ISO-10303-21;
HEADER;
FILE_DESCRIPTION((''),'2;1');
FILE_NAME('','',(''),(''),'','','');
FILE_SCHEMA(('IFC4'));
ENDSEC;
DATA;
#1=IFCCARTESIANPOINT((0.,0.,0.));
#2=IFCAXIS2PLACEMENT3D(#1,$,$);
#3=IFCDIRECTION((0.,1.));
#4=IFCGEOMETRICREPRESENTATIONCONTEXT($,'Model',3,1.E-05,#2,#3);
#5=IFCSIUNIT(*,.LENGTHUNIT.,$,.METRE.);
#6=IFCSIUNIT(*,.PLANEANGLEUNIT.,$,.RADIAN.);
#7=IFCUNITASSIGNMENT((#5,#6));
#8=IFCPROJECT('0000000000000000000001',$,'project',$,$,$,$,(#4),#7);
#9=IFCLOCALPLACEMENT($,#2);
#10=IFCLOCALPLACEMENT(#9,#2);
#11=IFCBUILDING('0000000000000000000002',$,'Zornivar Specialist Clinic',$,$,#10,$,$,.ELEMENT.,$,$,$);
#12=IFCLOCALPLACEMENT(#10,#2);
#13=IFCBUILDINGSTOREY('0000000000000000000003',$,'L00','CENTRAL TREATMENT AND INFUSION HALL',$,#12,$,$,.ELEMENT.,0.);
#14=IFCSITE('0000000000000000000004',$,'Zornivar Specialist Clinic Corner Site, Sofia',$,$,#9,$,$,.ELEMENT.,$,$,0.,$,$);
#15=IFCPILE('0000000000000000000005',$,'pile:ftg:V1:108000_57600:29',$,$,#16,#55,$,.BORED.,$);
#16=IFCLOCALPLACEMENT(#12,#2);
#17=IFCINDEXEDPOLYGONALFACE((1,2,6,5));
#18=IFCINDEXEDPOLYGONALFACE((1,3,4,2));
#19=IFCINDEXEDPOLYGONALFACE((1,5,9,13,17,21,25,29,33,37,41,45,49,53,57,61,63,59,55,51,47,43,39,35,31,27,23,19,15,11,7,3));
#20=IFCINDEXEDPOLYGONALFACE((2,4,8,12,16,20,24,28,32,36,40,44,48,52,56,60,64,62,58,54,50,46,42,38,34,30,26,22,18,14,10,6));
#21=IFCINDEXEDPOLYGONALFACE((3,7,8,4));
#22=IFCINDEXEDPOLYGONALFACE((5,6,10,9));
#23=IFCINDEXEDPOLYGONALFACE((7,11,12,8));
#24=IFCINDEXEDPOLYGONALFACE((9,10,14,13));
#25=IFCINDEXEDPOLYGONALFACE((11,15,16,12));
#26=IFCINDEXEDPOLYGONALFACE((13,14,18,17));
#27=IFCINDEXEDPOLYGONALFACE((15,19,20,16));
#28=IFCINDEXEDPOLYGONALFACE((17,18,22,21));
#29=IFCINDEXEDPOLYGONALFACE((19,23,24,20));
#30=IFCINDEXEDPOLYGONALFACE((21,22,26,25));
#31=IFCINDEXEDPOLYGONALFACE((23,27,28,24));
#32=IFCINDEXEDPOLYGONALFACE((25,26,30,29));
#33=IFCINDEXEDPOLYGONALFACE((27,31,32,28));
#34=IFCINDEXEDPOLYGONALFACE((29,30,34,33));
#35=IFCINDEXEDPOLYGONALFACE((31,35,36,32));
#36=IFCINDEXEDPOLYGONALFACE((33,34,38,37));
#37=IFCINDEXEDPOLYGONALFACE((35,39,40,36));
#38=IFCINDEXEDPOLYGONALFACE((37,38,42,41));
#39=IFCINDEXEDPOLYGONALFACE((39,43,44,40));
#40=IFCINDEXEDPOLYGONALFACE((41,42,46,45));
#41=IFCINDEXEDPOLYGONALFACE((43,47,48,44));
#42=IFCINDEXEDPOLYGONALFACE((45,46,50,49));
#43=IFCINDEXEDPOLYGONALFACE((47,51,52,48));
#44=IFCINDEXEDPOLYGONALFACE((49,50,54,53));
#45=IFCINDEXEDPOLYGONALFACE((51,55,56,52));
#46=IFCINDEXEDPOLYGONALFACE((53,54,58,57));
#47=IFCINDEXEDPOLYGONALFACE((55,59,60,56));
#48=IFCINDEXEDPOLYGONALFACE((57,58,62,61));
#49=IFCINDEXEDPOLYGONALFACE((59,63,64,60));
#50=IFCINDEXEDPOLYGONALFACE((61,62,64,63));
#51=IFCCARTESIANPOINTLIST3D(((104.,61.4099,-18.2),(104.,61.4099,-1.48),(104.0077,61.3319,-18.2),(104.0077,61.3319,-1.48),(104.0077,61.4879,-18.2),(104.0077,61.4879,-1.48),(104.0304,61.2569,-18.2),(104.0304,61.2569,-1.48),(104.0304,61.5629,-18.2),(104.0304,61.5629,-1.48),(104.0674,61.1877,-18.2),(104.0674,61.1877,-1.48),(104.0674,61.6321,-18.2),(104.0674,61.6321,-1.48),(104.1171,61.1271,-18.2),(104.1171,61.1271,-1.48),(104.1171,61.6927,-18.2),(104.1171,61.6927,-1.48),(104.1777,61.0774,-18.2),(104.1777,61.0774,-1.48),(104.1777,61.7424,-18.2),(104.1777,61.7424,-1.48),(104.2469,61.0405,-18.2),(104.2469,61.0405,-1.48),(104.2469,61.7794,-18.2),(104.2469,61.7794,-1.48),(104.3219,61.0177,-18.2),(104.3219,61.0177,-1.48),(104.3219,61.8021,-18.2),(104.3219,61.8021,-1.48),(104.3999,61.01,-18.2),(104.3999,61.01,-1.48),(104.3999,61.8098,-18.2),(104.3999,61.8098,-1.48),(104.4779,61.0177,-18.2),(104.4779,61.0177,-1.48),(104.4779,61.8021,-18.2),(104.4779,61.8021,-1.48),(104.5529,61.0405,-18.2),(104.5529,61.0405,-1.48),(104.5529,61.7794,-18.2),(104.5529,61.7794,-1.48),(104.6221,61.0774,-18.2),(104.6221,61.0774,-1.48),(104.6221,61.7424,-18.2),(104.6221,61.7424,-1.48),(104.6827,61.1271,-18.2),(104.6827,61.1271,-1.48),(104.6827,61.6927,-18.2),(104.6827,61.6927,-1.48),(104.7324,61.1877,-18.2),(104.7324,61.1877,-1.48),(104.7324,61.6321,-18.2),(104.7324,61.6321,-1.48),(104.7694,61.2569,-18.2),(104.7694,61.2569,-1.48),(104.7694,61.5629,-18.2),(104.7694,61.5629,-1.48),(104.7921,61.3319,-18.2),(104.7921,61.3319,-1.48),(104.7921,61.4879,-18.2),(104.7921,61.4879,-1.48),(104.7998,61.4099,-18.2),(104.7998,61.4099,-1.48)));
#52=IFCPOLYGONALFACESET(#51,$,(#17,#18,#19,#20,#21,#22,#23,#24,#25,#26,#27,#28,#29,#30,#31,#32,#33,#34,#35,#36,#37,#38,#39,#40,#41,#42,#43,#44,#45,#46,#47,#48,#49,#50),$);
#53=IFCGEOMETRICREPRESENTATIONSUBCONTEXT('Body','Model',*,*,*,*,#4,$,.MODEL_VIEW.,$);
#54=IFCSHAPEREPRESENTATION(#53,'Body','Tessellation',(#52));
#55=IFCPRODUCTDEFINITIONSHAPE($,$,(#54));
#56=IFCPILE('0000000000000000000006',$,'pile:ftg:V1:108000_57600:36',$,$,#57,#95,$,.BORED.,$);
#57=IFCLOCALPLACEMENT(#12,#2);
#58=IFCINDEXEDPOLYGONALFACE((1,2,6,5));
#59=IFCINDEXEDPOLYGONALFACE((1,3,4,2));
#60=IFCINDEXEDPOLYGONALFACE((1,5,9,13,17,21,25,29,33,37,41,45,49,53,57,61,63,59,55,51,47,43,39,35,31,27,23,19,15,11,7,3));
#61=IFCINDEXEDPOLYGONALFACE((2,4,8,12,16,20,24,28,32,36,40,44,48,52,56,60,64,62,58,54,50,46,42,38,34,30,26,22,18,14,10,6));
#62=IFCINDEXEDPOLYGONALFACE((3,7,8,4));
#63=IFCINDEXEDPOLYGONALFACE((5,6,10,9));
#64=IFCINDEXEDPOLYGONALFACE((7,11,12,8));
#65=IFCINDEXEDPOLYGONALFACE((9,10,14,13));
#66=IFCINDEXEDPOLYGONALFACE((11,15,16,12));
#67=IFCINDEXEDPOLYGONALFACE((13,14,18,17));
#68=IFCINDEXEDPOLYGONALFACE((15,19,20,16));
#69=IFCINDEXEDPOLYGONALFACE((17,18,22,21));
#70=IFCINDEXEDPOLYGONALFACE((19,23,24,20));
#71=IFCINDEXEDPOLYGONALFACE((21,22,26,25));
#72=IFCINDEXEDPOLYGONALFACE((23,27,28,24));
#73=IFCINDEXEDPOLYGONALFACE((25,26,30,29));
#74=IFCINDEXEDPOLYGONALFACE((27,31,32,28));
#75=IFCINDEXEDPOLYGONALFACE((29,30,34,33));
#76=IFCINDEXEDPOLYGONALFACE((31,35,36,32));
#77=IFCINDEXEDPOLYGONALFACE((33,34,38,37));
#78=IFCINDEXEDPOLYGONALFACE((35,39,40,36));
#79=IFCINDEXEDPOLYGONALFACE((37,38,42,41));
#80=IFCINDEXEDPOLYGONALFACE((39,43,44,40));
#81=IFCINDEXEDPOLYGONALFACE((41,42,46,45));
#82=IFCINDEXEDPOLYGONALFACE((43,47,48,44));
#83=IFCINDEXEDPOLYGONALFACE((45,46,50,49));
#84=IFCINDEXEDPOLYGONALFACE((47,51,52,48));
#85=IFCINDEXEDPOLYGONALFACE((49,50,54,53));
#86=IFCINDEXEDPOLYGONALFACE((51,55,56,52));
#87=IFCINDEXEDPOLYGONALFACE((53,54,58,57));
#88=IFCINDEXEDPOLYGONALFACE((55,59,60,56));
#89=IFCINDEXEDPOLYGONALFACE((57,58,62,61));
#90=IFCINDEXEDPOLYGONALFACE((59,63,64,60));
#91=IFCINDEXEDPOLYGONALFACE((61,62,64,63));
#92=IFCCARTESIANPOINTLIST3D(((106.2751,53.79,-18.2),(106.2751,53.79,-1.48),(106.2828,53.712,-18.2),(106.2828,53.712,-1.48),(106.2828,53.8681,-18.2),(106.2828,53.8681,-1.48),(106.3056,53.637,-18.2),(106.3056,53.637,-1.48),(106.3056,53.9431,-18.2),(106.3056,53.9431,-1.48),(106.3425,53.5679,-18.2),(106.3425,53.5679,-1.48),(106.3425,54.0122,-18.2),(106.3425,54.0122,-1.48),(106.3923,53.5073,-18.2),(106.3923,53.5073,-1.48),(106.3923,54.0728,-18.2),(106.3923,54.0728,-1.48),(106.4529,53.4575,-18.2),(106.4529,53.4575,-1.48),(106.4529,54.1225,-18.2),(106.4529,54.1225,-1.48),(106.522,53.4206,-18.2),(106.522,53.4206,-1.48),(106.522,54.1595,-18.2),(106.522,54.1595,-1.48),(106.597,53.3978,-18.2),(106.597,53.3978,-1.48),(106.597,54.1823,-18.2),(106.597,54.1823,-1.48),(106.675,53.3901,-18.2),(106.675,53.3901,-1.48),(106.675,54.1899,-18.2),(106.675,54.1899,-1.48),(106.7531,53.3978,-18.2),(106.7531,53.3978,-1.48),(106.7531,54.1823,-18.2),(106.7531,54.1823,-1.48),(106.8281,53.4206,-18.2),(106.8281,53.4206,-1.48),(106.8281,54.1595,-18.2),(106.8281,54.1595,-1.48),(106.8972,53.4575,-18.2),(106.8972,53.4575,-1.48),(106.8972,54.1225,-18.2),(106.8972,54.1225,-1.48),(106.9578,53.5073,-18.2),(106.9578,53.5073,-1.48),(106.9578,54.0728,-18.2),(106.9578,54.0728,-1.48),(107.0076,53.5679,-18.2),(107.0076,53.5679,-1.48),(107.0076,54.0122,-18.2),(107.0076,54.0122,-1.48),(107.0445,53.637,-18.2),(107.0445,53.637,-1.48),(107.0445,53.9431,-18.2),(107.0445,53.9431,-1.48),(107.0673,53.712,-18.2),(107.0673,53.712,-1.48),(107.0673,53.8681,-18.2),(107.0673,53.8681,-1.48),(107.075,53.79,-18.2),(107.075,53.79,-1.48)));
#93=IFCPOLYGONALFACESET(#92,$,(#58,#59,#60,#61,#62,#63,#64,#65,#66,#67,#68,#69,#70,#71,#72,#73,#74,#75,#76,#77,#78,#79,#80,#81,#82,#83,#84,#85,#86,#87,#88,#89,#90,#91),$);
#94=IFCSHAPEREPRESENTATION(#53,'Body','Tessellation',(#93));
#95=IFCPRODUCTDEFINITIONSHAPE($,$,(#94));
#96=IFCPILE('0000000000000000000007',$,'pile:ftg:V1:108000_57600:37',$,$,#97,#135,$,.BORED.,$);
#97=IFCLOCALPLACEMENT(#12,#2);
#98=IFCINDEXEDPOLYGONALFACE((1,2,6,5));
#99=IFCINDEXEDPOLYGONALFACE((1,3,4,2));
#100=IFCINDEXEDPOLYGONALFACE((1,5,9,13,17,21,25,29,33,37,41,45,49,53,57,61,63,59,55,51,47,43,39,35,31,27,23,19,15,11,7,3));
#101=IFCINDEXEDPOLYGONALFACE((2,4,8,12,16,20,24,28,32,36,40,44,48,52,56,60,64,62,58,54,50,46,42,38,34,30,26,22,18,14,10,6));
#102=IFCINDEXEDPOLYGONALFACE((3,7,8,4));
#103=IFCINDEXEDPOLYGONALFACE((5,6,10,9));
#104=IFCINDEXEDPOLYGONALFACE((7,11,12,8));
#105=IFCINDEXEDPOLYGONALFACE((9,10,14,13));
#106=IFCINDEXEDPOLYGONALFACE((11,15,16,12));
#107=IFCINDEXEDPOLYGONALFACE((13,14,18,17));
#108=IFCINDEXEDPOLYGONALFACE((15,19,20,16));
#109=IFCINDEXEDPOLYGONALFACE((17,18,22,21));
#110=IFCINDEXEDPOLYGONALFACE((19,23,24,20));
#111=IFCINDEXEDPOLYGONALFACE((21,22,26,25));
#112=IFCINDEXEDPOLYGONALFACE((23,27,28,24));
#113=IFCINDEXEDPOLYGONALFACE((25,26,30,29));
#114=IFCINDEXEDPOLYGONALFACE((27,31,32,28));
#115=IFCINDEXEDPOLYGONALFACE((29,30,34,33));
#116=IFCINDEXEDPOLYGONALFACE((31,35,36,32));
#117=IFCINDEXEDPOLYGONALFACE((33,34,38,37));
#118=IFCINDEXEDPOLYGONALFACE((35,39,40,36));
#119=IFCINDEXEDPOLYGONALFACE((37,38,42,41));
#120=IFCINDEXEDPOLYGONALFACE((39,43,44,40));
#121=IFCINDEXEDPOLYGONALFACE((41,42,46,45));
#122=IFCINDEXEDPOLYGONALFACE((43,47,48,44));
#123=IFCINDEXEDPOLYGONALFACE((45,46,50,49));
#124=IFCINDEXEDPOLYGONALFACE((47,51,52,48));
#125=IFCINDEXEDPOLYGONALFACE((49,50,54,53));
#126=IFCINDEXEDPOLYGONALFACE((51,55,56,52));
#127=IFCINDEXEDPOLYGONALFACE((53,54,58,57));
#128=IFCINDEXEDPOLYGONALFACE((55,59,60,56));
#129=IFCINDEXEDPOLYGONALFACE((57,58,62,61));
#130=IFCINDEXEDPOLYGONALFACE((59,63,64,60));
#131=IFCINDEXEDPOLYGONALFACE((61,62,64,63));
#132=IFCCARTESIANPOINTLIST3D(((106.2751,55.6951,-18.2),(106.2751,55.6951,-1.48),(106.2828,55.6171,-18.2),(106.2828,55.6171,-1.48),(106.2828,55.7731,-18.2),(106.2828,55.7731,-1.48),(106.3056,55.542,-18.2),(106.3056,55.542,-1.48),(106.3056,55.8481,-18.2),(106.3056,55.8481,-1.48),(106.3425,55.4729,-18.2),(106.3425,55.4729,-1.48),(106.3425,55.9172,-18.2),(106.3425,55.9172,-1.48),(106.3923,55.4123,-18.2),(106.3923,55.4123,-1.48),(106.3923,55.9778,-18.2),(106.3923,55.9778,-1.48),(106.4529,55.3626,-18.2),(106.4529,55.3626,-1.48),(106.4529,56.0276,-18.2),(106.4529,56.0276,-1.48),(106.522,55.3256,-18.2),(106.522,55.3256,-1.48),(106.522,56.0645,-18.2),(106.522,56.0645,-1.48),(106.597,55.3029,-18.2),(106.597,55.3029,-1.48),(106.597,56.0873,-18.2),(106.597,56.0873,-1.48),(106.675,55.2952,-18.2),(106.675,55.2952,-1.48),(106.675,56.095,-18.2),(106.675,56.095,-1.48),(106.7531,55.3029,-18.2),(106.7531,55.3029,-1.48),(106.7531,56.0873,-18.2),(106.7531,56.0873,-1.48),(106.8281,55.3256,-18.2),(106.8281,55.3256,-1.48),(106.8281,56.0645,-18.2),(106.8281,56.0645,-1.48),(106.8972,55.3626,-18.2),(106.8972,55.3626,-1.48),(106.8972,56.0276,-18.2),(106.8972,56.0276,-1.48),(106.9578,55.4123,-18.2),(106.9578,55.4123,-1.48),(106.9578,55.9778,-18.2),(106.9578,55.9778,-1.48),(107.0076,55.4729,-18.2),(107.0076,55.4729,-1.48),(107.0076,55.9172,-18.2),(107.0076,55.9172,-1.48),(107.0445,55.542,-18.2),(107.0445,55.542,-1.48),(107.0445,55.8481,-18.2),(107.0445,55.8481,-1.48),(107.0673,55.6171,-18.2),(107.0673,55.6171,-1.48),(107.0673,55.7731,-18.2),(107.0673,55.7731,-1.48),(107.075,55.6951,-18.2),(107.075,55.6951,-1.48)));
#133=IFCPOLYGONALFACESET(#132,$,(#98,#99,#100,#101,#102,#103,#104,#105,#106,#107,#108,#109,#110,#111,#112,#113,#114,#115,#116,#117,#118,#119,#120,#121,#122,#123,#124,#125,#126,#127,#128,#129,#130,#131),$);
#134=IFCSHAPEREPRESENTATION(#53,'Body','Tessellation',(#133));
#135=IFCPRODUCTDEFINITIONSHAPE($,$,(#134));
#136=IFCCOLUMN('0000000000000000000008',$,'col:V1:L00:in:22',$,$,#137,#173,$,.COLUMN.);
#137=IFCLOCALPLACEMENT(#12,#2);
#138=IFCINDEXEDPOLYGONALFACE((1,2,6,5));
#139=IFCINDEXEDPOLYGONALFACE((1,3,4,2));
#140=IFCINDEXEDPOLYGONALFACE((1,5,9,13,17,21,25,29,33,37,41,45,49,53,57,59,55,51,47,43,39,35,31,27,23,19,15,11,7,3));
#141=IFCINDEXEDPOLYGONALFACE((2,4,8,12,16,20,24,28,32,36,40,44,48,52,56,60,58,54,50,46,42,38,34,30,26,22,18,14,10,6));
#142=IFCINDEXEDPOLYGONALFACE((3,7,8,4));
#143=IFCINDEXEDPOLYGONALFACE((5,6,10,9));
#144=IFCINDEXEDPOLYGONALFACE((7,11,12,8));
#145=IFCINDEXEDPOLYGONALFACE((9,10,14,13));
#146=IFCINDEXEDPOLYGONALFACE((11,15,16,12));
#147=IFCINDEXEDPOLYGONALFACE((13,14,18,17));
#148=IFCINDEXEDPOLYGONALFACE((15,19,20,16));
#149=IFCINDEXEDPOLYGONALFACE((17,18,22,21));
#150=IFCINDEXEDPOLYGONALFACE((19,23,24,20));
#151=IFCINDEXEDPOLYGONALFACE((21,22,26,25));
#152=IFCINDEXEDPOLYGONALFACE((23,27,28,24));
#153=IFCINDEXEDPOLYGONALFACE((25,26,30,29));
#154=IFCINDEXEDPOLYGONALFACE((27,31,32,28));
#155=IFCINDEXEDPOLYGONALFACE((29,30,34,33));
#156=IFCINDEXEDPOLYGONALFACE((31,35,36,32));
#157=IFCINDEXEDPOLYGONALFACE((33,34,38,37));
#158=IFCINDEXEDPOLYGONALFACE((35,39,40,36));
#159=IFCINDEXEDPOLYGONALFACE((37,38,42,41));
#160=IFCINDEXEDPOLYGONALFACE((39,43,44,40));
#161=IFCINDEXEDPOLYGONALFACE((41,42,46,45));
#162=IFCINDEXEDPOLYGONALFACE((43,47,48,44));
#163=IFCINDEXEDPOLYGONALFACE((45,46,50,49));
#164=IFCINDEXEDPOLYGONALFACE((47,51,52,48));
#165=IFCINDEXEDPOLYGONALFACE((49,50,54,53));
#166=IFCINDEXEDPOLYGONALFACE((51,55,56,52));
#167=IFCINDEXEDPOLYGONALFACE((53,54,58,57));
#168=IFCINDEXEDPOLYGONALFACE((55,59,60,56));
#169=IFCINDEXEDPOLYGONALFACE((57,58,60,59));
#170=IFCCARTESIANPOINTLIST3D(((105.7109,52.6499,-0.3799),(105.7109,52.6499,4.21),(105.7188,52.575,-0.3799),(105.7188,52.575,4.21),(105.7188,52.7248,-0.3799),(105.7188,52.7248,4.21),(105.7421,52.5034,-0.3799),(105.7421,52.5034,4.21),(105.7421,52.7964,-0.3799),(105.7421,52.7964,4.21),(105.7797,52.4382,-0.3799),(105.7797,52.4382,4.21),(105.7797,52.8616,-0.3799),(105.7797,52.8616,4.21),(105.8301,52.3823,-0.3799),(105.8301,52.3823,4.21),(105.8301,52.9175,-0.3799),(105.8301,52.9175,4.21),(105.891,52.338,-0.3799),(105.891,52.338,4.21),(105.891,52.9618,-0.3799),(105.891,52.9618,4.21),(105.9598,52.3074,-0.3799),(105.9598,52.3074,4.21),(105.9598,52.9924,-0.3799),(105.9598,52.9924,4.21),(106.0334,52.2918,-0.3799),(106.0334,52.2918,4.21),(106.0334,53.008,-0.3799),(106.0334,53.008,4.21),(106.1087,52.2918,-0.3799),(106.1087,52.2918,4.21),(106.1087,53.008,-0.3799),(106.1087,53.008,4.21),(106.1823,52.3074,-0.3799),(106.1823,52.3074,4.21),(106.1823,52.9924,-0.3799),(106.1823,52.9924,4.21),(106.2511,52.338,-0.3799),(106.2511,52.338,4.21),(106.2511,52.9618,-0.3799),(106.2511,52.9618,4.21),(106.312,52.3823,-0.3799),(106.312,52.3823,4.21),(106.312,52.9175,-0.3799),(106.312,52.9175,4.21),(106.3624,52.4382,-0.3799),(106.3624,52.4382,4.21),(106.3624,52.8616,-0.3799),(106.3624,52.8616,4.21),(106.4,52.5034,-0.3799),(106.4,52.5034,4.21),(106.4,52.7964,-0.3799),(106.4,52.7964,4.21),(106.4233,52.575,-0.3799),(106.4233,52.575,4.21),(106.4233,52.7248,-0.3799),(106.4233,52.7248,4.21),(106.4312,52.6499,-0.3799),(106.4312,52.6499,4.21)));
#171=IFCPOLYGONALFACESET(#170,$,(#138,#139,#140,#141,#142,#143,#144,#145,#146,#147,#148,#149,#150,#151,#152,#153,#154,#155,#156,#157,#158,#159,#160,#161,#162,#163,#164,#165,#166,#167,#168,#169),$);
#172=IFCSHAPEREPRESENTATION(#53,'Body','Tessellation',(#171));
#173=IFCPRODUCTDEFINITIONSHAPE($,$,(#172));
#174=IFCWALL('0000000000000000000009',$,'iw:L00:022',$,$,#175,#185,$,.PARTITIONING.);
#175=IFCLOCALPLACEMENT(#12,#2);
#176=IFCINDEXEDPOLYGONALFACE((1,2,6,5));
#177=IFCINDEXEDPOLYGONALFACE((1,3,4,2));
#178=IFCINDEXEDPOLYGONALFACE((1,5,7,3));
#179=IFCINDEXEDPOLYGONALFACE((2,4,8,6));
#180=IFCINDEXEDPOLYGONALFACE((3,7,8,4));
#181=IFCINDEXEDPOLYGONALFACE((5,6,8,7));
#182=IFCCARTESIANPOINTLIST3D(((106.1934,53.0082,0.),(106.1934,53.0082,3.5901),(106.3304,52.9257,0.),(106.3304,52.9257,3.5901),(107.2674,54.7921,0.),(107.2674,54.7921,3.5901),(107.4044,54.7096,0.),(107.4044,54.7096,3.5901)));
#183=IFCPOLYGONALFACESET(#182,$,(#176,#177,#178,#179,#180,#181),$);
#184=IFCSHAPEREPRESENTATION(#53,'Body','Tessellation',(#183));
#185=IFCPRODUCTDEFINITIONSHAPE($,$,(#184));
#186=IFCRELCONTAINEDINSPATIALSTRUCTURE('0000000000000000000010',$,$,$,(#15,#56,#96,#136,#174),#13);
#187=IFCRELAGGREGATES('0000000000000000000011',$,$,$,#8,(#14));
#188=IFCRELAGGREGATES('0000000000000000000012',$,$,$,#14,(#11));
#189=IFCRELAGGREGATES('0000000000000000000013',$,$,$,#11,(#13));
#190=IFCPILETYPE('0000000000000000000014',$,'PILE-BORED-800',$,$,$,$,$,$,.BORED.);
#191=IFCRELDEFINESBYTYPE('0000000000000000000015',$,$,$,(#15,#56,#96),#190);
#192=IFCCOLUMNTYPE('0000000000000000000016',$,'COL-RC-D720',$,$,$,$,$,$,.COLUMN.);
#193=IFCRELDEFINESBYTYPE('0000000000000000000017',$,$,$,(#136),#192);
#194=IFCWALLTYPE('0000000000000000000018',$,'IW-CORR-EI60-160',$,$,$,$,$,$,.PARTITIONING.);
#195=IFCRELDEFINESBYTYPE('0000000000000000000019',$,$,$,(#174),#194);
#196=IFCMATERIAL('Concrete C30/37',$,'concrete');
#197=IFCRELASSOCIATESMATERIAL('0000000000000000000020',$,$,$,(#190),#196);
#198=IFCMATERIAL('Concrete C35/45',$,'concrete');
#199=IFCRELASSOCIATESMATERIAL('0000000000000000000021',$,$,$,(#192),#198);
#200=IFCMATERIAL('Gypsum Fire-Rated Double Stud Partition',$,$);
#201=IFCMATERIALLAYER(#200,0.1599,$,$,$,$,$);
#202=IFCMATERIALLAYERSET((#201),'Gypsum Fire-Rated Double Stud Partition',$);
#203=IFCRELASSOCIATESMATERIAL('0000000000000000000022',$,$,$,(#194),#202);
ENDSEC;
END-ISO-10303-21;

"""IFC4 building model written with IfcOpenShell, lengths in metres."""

from ifc_helpers import new_model, si_unit, direction, frame, frame_2d, origin, origin_2d, place, context, subcontext, project, spatial, rectangle, circle, extrude, material, layer, layer_set, material_profile, profile_set, type_object, element, save


model = new_model("IFC4")

# Units and contexts
model_context = context("Model", 3, precision=1e-05, world=origin(), true_north=direction((0.0, 1.0)))
body_context = subcontext(model_context, "Body", "Model", "MODEL_VIEW")
ifc_project = project(units=[si_unit("LENGTHUNIT", "METRE"), si_unit("PLANEANGLEUNIT", "RADIAN")], contexts=[model_context])

# Site, building, storey
site_placement = place(None, origin())
site = spatial("IfcSite", under=ifc_project, at=site_placement, Name="Zornivar Specialist Clinic Corner Site, Sofia", CompositionType="ELEMENT", RefElevation=0.0)
building_placement = place(site_placement, origin())
building = spatial("IfcBuilding", under=site, at=building_placement, Name="Zornivar Specialist Clinic", CompositionType="ELEMENT")
storey_placement = place(building_placement, origin())
storey = spatial("IfcBuildingStorey", under=building, at=storey_placement, Name="L00", Description="CENTRAL TREATMENT AND INFUSION HALL", CompositionType="ELEMENT", Elevation=0.0)

# Piles
ifc_material_1 = material(Name="Concrete C30/37", Category="concrete")
ifc_material_profile_1 = material_profile(ifc_material_1, circle(Radius=0.3999, at=origin_2d()), Name="PILE D800")
ifc_profile_set_1 = profile_set([ifc_material_profile_1], Name="Concrete C30/37")
pile_type = type_object("IfcPileType", Name="PILE-BORED-800", PredefinedType="BORED", material=ifc_profile_set_1)
for number, where, z_axis, x_axis, name in (
    (1, (104.3999, 61.4099, -1.48), (0.0, 0.0, -1.0), (1.0, 0.0, 0.0), "pile:ftg:V1:108000_57600:29"),
    (2, (106.675, 53.79, -1.48), (0.0, 0.0, -1.0), (1.0, 0.0, 0.0), "pile:ftg:V1:108000_57600:36"),
    (3, (106.675, 55.6951, -1.48), (0.0, 0.0, -1.0), (1.0, 0.0, 0.0), "pile:ftg:V1:108000_57600:37"),
):
    element("IfcPile", number, at=place(storey_placement, frame(where, z_axis=z_axis, x_axis=x_axis)), inside=storey, type_object=pile_type, Name=name, PredefinedType="BORED", context=body_context, shape_type="SweptSolid", body=[
        extrude(circle(Radius=0.3999, at=origin_2d()), origin(), (0.0, 0.0, 1.0), 16.72),
    ])

# Column
ifc_material_2 = material(Name="Concrete C35/45", Category="concrete")
ifc_material_profile_2 = material_profile(ifc_material_2, circle(Radius=0.3601, at=origin_2d()), Name="RC D720")
ifc_profile_set_2 = profile_set([ifc_material_profile_2], Name="Concrete C35/45")
column_type = type_object("IfcColumnType", Name="COL-RC-D720", PredefinedType="COLUMN", material=ifc_profile_set_2)
column_placement = place(storey_placement, frame((106.071, 52.6499, -0.3799), z_axis=(0.0, 0.0, 1.0), x_axis=(1.0, 0.0, 0.0)))
element("IfcColumn", 4, at=column_placement, inside=storey, type_object=column_type, Name="col:V1:L00:in:22", PredefinedType="COLUMN", context=body_context, shape_type="SweptSolid", body=[
    extrude(circle(Radius=0.3601, at=origin_2d()), origin(), (0.0, 0.0, 1.0), 4.5898),
])

# Wall
ifc_material_3 = material(Name="Gypsum Fire-Rated Double Stud Partition")
ifc_layer = layer(ifc_material_3, 0.1599)
ifc_layer_set = layer_set([ifc_layer], Name="Gypsum Fire-Rated Double Stud Partition")
wall_type = type_object("IfcWallType", Name="IW-CORR-EI60-160", PredefinedType="PARTITIONING", material=ifc_layer_set)
wall_placement = place(storey_placement, frame((106.262, 52.967, 0.0), z_axis=(0.0, 0.0, 1.0), x_axis=(0.515771, 0.856726, 0.0)))
element("IfcWall", 5, at=wall_placement, inside=storey, type_object=wall_type, Name="iw:L00:022", PredefinedType="PARTITIONING", context=body_context, shape_type="SweptSolid", body=[
    extrude(rectangle(XDim=2.0823, YDim=0.1599, at=frame_2d((1.041, 0.0))), origin(), (0.0, 0.0, 1.0), 3.5901),
])

save(model, "model.ifc")
